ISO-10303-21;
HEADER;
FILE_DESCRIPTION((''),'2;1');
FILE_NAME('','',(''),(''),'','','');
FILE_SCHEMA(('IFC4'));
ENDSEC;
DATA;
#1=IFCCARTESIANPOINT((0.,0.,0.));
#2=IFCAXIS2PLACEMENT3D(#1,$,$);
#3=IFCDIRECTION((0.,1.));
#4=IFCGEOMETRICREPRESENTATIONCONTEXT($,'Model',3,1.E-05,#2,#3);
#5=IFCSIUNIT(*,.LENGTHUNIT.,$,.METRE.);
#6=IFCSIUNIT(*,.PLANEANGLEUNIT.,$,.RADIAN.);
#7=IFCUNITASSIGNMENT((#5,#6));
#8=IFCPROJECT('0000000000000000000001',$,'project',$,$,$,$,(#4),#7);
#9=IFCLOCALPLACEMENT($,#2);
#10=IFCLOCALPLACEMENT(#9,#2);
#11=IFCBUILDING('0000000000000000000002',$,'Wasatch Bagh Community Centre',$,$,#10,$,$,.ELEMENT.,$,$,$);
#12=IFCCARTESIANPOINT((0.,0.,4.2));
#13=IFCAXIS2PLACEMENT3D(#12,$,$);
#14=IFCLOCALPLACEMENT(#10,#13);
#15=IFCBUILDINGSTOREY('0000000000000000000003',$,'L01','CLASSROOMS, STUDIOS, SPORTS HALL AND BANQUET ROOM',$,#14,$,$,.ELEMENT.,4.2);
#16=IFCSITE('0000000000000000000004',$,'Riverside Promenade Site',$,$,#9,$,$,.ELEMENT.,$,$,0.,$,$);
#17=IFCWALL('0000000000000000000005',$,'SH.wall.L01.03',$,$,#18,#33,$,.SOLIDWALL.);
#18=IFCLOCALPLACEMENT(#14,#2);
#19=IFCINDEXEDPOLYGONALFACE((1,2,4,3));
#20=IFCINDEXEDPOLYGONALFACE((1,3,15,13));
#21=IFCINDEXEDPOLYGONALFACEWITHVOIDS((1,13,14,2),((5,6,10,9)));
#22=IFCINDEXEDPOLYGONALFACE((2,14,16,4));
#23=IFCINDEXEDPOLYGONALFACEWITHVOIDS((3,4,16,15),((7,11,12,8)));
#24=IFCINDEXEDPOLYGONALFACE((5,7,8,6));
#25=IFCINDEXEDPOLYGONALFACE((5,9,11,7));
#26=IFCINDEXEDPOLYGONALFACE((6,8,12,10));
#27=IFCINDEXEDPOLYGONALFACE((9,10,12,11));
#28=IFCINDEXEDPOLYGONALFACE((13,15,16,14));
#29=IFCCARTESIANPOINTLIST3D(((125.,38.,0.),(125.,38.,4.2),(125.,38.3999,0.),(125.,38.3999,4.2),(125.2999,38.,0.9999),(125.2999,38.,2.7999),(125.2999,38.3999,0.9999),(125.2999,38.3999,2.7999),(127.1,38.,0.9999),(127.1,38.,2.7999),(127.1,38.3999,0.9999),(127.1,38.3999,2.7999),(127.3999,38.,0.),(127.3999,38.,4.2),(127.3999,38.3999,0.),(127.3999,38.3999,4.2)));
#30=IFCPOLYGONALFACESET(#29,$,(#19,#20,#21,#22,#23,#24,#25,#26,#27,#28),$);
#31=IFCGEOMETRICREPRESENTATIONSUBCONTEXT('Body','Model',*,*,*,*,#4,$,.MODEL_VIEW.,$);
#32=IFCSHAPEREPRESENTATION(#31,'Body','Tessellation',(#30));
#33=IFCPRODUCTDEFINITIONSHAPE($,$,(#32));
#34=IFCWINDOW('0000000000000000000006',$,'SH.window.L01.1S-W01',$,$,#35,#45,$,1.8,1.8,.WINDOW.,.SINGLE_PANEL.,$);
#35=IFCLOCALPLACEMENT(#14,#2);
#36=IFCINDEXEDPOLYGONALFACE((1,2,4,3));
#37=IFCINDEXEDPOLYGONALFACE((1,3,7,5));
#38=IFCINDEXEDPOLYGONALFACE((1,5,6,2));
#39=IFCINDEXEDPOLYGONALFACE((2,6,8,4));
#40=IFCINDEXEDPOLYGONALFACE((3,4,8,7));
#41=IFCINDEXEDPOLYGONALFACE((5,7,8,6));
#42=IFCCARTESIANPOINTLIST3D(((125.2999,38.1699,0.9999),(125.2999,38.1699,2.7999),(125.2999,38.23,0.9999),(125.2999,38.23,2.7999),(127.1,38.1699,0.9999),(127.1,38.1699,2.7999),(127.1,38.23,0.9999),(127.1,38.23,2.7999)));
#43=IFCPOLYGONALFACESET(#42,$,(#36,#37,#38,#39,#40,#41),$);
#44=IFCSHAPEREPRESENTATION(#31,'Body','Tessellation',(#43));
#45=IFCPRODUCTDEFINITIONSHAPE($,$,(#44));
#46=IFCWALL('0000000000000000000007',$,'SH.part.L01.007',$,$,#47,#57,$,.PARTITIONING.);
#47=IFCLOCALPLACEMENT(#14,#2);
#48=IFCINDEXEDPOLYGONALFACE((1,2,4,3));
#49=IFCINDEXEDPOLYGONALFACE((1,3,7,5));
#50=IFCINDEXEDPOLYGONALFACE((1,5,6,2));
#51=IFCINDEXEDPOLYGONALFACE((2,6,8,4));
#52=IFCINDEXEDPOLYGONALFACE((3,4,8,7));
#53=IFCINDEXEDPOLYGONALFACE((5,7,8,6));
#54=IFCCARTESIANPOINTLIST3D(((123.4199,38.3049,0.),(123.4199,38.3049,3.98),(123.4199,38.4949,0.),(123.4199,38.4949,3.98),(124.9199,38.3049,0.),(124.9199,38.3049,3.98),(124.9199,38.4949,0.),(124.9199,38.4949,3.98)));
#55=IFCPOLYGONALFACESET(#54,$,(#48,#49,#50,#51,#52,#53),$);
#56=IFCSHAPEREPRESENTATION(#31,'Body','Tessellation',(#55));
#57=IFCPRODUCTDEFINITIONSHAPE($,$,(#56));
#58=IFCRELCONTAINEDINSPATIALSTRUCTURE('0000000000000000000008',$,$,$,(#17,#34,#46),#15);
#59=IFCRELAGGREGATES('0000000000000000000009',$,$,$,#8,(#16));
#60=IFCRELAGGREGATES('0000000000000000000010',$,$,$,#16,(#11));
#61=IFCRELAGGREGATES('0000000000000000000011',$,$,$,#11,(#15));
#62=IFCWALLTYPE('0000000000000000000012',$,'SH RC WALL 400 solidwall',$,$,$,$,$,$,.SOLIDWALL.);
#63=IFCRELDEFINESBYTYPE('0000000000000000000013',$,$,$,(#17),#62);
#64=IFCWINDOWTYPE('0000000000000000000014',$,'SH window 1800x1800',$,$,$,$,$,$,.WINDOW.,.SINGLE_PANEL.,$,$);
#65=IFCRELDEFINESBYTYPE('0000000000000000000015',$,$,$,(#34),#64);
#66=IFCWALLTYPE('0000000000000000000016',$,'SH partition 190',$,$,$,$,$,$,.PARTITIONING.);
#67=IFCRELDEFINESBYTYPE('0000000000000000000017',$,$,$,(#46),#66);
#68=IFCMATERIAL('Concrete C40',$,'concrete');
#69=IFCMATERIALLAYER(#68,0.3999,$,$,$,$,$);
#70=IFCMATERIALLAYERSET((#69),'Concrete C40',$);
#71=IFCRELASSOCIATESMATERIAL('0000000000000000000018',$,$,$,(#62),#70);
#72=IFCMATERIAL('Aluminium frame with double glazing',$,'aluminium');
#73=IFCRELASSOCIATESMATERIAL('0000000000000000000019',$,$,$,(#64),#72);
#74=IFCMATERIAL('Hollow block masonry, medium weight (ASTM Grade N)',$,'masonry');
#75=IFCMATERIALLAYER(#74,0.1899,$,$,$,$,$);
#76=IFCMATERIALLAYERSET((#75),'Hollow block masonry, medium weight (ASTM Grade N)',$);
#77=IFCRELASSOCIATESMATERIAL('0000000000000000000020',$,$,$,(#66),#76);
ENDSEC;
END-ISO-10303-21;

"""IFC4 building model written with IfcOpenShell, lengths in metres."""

from ifc_helpers import new_model, si_unit, direction, frame, frame_2d, origin, place, context, subcontext, project, spatial, rectangle, extrude, material, layer, layer_set, type_object, element, fill, save


model = new_model("IFC4")

# Units and contexts
model_context = context("Model", 3, precision=1e-05, world=origin(), true_north=direction((0.0, 1.0)))
body_context = subcontext(model_context, "Body", "Model", "MODEL_VIEW")
ifc_project = project(units=[si_unit("LENGTHUNIT", "METRE"), si_unit("PLANEANGLEUNIT", "RADIAN")], contexts=[model_context])

# Site, building, storey
site_placement = place(None, origin())
site = spatial("IfcSite", under=ifc_project, at=site_placement, Name="Riverside Promenade Site", CompositionType="ELEMENT", RefElevation=0.0)
building_placement = place(site_placement, origin())
building = spatial("IfcBuilding", under=site, at=building_placement, Name="Wasatch Bagh Community Centre", CompositionType="ELEMENT")
storey_placement = place(building_placement, frame((0.0, 0.0, 4.2)))
storey = spatial("IfcBuildingStorey", under=building, at=storey_placement, Name="L01", Description="CLASSROOMS, STUDIOS, SPORTS HALL AND BANQUET ROOM", CompositionType="ELEMENT", Elevation=4.2)

# Shared definitions
ifc_material_1 = material(Name="Concrete C40", Category="concrete")

# Wall, opening, window
ifc_layer_1 = layer(ifc_material_1, 0.3999)
ifc_layer_set_1 = layer_set([ifc_layer_1], Name="Concrete C40")
wall_type_1 = type_object("IfcWallType", Name="SH RC WALL 400 solidwall", PredefinedType="SOLIDWALL", material=ifc_layer_set_1)
wall_1_placement = place(storey_placement, frame((127.3999, 38.2, 0.0), z_axis=(0.0, 0.0, 1.0), x_axis=(-1.0, 0.0, 0.0)))
wall_1 = element("IfcWall", 1, at=wall_1_placement, inside=storey, type_object=wall_type_1, Name="SH.wall.L01.03", PredefinedType="SOLIDWALL", context=body_context, shape_type="SweptSolid", body=[
    extrude(rectangle(XDim=2.3999, YDim=0.3999, at=frame_2d((1.2, 0.0))), origin(), (0.0, 0.0, 1.0), 4.2),
])
opening_placement = place(wall_1_placement, frame((0.3, 0.0, 1.0)))
opening = element("IfcOpeningElement", 2, at=opening_placement, cuts=wall_1, PredefinedType="OPENING", context=body_context, shape_type="SweptSolid", body=[
    extrude(rectangle(XDim=1.8, YDim=1.8, at=frame_2d((0.8999, 0.8999))), frame((0.0, 0.21, 0.0), z_axis=(0.0, -1.0, 0.0), x_axis=(1.0, 0.0, 0.0)), (0.0, 0.0, 1.0), 0.4199),
])
ifc_material_2 = material(Name="Aluminium frame with double glazing", Category="aluminium")
window_type = type_object("IfcWindowType", Name="SH window 1800x1800", PartitioningType="SINGLE_PANEL", PredefinedType="WINDOW", material=ifc_material_2)
window_placement = place(opening_placement, origin())
window = element("IfcWindow", 3, at=window_placement, inside=storey, type_object=window_type, Name="SH.window.L01.1S-W01", OverallHeight=1.8, OverallWidth=1.8, PartitioningType="SINGLE_PANEL", PredefinedType="WINDOW", context=body_context, shape_type="SweptSolid", body=[
    extrude(rectangle(XDim=1.8, YDim=1.8, at=frame_2d((0.8999, 0.8999))), frame((0.0, 0.03, 0.0), z_axis=(0.0, -1.0, 0.0), x_axis=(1.0, 0.0, 0.0)), (0.0, 0.0, 1.0), 0.0601),
])
fill(opening, window)

# Wall
ifc_material_3 = material(Name="Hollow block masonry, medium weight (ASTM Grade N)", Category="masonry")
ifc_layer_2 = layer(ifc_material_3, 0.1899)
ifc_layer_set_2 = layer_set([ifc_layer_2], Name="Hollow block masonry, medium weight (ASTM Grade N)")
wall_type_2 = type_object("IfcWallType", Name="SH partition 190", PredefinedType="PARTITIONING", material=ifc_layer_set_2)
wall_2_placement = place(storey_placement, frame((124.9199, 38.3999, 0.0), z_axis=(0.0, 0.0, 1.0), x_axis=(-1.0, 0.0, 0.0)))
element("IfcWall", 4, at=wall_2_placement, inside=storey, type_object=wall_type_2, Name="SH.part.L01.007", PredefinedType="PARTITIONING", context=body_context, shape_type="SweptSolid", body=[
    extrude(rectangle(XDim=1.5, YDim=0.1899, at=frame_2d((0.75, 0.0))), origin(), (0.0, 0.0, 1.0), 3.98),
])

save(model, "model.ifc")
